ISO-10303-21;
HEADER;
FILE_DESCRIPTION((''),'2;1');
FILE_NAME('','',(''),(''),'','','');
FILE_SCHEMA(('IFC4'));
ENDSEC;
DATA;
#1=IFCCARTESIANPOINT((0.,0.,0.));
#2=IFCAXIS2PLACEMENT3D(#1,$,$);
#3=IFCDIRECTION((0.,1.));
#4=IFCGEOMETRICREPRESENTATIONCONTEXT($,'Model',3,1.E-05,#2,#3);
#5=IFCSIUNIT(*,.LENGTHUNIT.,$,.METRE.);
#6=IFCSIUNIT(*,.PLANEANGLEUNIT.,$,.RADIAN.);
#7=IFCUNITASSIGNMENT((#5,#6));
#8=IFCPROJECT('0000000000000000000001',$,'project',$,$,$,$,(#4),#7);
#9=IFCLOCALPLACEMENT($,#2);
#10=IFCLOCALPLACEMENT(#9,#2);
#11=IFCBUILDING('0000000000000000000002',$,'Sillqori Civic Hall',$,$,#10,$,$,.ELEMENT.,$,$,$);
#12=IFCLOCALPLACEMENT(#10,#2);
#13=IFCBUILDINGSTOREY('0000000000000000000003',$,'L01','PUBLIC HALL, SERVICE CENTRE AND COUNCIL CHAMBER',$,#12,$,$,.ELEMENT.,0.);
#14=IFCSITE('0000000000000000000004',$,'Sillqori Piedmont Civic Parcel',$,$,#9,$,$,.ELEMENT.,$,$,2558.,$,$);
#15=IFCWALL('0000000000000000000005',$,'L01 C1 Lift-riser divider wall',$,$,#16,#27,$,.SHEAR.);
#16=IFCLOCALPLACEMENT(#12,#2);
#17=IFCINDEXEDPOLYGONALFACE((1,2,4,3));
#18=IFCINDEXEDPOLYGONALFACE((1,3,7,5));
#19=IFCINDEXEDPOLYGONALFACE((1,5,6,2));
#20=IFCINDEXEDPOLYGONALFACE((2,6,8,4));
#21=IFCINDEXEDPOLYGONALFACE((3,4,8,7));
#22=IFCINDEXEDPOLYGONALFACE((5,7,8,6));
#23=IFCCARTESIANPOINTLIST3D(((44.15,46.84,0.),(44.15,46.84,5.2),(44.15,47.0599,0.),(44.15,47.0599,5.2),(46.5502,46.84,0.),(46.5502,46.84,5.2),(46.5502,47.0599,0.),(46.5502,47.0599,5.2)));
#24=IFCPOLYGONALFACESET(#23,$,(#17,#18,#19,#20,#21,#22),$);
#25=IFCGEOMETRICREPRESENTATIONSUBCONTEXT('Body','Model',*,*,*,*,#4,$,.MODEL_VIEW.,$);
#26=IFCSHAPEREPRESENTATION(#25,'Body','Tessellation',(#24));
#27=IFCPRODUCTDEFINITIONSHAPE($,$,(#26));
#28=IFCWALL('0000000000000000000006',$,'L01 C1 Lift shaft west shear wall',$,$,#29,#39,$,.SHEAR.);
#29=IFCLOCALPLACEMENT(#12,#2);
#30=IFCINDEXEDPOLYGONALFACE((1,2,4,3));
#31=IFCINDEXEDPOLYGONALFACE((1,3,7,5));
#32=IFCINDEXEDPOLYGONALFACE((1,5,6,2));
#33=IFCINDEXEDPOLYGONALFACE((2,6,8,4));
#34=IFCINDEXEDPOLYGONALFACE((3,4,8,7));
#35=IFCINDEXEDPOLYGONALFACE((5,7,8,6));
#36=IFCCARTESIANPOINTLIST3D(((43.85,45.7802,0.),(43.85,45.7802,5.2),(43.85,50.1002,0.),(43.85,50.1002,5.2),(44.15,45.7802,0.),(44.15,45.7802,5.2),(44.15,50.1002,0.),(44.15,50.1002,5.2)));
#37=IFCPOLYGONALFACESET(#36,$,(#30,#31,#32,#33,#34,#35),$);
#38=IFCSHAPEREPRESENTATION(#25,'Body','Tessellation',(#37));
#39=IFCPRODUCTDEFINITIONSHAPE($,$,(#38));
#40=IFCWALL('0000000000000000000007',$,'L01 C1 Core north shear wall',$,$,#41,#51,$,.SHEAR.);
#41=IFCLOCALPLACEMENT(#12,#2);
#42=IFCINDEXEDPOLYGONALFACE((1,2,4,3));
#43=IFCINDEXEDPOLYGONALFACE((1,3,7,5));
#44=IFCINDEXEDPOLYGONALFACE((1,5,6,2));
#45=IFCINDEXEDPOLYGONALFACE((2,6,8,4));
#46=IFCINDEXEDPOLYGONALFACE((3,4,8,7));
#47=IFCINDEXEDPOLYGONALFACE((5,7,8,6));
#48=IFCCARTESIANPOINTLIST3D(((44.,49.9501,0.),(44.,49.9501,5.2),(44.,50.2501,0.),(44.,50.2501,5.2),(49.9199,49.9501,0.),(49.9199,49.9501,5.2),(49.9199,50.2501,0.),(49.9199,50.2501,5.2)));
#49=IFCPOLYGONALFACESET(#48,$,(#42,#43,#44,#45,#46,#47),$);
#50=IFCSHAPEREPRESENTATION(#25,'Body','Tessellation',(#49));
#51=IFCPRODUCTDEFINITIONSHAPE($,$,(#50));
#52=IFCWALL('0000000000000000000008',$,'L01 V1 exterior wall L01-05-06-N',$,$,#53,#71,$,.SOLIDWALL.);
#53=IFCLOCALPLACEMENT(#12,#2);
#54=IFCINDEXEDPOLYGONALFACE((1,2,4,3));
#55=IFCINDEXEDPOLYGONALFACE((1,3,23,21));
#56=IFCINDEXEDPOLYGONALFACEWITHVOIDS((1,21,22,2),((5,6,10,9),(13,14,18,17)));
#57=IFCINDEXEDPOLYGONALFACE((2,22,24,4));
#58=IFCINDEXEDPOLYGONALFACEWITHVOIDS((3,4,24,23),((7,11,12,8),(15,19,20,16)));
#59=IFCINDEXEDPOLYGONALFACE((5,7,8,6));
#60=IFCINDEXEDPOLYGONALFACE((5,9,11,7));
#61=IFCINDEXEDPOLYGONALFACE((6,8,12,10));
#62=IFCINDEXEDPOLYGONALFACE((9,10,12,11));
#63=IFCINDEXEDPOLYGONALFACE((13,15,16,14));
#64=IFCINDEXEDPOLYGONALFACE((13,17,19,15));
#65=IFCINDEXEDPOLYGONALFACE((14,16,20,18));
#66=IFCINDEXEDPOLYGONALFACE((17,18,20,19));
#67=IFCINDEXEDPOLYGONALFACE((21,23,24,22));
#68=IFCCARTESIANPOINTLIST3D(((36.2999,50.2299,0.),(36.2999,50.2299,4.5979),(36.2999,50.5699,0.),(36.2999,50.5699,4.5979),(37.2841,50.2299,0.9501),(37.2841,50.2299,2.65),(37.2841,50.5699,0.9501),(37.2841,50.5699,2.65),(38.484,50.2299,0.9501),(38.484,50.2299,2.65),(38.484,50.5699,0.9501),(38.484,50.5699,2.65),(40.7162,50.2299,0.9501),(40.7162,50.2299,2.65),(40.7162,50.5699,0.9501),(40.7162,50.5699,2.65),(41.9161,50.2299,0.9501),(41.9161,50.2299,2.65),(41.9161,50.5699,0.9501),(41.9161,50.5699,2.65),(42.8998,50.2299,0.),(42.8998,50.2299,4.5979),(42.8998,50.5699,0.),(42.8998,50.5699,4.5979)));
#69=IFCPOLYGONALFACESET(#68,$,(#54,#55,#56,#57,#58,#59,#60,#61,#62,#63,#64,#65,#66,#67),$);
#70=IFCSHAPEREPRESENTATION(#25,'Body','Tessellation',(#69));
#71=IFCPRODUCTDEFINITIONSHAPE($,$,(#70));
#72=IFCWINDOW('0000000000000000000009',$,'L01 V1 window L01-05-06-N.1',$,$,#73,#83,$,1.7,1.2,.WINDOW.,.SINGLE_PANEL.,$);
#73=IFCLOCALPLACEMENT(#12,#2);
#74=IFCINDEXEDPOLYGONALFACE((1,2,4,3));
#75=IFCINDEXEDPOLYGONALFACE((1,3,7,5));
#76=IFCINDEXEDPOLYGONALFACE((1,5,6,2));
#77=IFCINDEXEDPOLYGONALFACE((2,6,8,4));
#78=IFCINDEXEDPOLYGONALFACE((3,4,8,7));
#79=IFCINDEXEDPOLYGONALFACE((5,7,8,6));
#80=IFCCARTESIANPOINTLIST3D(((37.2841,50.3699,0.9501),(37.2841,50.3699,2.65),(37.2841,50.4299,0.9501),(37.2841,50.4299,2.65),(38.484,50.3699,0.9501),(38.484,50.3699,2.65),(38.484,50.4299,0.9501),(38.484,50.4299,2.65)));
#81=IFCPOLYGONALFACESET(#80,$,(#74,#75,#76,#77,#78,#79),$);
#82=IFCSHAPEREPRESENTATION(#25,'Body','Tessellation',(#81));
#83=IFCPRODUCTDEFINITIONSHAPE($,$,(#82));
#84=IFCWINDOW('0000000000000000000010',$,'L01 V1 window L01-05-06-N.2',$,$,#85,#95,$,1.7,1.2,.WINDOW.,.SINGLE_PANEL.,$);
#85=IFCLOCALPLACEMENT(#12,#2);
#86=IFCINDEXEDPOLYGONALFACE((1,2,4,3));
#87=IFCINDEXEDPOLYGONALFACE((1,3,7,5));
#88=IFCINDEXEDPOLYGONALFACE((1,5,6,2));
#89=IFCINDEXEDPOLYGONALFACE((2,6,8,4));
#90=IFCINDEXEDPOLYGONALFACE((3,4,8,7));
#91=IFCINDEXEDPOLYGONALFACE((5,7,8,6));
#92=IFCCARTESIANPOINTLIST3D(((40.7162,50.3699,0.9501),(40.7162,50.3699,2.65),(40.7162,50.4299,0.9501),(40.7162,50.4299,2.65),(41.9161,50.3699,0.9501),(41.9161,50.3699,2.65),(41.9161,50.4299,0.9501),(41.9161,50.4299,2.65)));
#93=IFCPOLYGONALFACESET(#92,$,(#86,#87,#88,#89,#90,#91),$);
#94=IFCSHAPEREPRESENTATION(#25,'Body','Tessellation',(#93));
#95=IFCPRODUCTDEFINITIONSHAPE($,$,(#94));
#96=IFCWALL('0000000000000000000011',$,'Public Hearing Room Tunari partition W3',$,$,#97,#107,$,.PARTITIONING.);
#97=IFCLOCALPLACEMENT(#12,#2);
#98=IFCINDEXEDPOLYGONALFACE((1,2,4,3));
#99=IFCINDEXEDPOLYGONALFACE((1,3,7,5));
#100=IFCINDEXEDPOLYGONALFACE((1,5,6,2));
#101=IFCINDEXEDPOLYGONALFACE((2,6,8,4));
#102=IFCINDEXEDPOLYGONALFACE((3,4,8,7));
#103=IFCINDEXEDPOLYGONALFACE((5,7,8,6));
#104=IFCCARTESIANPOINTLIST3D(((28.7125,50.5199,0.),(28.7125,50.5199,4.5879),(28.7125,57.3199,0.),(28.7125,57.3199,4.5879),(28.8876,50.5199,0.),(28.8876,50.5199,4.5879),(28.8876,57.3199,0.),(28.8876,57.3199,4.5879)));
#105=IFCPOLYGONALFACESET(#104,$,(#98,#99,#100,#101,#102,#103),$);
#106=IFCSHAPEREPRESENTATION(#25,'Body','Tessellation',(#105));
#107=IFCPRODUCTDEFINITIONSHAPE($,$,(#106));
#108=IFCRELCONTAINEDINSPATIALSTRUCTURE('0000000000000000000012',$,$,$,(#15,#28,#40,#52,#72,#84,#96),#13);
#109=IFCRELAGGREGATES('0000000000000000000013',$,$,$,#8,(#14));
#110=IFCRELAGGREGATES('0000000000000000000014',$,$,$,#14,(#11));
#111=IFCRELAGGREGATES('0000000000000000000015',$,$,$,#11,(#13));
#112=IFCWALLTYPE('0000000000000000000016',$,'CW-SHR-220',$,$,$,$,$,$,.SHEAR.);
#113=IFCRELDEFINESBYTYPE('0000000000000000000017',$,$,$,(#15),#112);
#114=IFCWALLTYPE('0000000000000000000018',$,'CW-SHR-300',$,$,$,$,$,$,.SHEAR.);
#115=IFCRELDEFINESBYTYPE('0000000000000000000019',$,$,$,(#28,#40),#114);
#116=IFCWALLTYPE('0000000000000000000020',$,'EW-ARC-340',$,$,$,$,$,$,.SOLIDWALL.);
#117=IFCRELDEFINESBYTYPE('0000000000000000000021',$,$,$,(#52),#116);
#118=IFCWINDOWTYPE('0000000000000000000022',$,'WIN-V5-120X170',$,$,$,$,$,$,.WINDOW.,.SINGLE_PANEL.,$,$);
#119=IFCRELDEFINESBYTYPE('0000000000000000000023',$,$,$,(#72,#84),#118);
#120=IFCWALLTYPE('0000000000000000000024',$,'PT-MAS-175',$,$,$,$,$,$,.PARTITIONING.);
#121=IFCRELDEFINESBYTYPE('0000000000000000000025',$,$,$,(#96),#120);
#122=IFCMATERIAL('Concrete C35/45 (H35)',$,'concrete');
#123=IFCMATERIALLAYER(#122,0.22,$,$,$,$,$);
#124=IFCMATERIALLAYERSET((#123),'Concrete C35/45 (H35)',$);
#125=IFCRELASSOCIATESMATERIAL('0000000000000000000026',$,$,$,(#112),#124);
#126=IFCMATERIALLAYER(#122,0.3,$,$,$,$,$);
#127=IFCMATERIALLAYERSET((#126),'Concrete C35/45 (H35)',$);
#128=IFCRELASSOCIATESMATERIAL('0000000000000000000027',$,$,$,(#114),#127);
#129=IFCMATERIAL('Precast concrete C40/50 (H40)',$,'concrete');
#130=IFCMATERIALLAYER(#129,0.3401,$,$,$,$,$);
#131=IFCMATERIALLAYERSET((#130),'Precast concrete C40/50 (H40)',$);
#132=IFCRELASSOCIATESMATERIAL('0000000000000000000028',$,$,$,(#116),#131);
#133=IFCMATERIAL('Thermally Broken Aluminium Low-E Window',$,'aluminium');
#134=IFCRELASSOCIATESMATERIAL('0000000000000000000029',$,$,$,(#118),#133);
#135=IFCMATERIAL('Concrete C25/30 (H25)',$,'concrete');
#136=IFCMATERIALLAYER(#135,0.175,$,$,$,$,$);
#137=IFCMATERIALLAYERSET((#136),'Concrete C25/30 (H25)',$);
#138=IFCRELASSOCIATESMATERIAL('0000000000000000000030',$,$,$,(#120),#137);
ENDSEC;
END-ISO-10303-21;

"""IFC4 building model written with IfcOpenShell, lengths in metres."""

from ifc_helpers import new_model, si_unit, direction, frame, frame_2d, origin, place, context, subcontext, project, spatial, rectangle, extrude, material, layer, layer_set, type_object, element, fill, save


model = new_model("IFC4")

# Units and contexts
model_context = context("Model", 3, precision=1e-05, world=origin(), true_north=direction((0.0, 1.0)))
body_context = subcontext(model_context, "Body", "Model", "MODEL_VIEW")
ifc_project = project(units=[si_unit("LENGTHUNIT", "METRE"), si_unit("PLANEANGLEUNIT", "RADIAN")], contexts=[model_context])

# Site, building, storey
site_placement = place(None, origin())
site = spatial("IfcSite", under=ifc_project, at=site_placement, Name="Sillqori Piedmont Civic Parcel", CompositionType="ELEMENT", RefElevation=2558.0)
building_placement = place(site_placement, origin())
building = spatial("IfcBuilding", under=site, at=building_placement, Name="Sillqori Civic Hall", CompositionType="ELEMENT")
storey_placement = place(building_placement, origin())
storey = spatial("IfcBuildingStorey", under=building, at=storey_placement, Name="L01", Description="PUBLIC HALL, SERVICE CENTRE AND COUNCIL CHAMBER", CompositionType="ELEMENT", Elevation=0.0)

# Shared definitions
ifc_material_1 = material(Name="Concrete C35/45 (H35)", Category="concrete")

# Wall
ifc_layer_1 = layer(ifc_material_1, 0.22)
ifc_layer_set_1 = layer_set([ifc_layer_1], Name="Concrete C35/45 (H35)")
wall_type_1 = type_object("IfcWallType", Name="CW-SHR-220", PredefinedType="SHEAR", material=ifc_layer_set_1)
wall_1_placement = place(storey_placement, frame((44.1499, 46.95, 0.0), z_axis=(0.0, 0.0, 1.0), x_axis=(1.0, 0.0, 0.0)))
element("IfcWall", 1, at=wall_1_placement, inside=storey, type_object=wall_type_1, Name="L01 C1 Lift-riser divider wall", PredefinedType="SHEAR", context=body_context, shape_type="SweptSolid", body=[
    extrude(rectangle(XDim=2.4001, YDim=0.22, at=frame_2d((1.2002, 0.0))), origin(), (0.0, 0.0, 1.0), 5.2),
])

# Walls
ifc_layer_2 = layer(ifc_material_1, 0.3)
ifc_layer_set_2 = layer_set([ifc_layer_2], Name="Concrete C35/45 (H35)")
wall_type_2 = type_object("IfcWallType", Name="CW-SHR-300", PredefinedType="SHEAR", material=ifc_layer_set_2)
wall_2_placement = place(storey_placement, frame((44.0, 45.78, 0.0), z_axis=(0.0, 0.0, 1.0), x_axis=(0.0, 1.0, 0.0)))
element("IfcWall", 2, at=wall_2_placement, inside=storey, type_object=wall_type_2, Name="L01 C1 Lift shaft west shear wall", PredefinedType="SHEAR", context=body_context, shape_type="SweptSolid", body=[
    extrude(rectangle(XDim=4.3201, YDim=0.3, at=frame_2d((2.1602, 0.0))), origin(), (0.0, 0.0, 1.0), 5.2),
])
wall_3_placement = place(storey_placement, frame((44.0, 50.1001, 0.0), z_axis=(0.0, 0.0, 1.0), x_axis=(1.0, 0.0, 0.0)))
element("IfcWall", 3, at=wall_3_placement, inside=storey, type_object=wall_type_2, Name="L01 C1 Core north shear wall", PredefinedType="SHEAR", context=body_context, shape_type="SweptSolid", body=[
    extrude(rectangle(XDim=5.9199, YDim=0.3, at=frame_2d((2.96, 0.0))), origin(), (0.0, 0.0, 1.0), 5.2),
])

# Wall, openings, windows
ifc_material_2 = material(Name="Precast concrete C40/50 (H40)", Category="concrete")
ifc_layer_3 = layer(ifc_material_2, 0.3401)
ifc_layer_set_3 = layer_set([ifc_layer_3], Name="Precast concrete C40/50 (H40)")
wall_type_3 = type_object("IfcWallType", Name="EW-ARC-340", PredefinedType="SOLIDWALL", material=ifc_layer_set_3)
wall_4_placement = place(storey_placement, frame((36.3, 50.3999, 0.0), z_axis=(0.0, 0.0, 1.0), x_axis=(1.0, 0.0, 0.0)))
wall_4 = element("IfcWall", 4, at=wall_4_placement, inside=storey, type_object=wall_type_3, Name="L01 V1 exterior wall L01-05-06-N", PredefinedType="SOLIDWALL", context=body_context, shape_type="SweptSolid", body=[
    extrude(rectangle(XDim=6.5999, YDim=0.3401, at=frame_2d((3.2998, 0.0))), origin(), (0.0, 0.0, 1.0), 4.5979),
])
opening_1_placement = place(wall_4_placement, frame((0.9839, 0.0, 0.95)))
opening_1 = element("IfcOpeningElement", 5, at=opening_1_placement, cuts=wall_4, PredefinedType="OPENING", context=body_context, shape_type="SweptSolid", body=[
    extrude(rectangle(XDim=1.2, YDim=1.7, at=frame_2d((0.6001, 0.8501))), frame((0.0, 0.1799, 0.0), z_axis=(0.0, -1.0, 0.0), x_axis=(1.0, 0.0, 0.0)), (0.0, 0.0, 1.0), 0.3601),
])
opening_2_placement = place(wall_4_placement, frame((4.416, 0.0, 0.95)))
opening_2 = element("IfcOpeningElement", 6, at=opening_2_placement, cuts=wall_4, PredefinedType="OPENING", context=body_context, shape_type="SweptSolid", body=[
    extrude(rectangle(XDim=1.2, YDim=1.7, at=frame_2d((0.6001, 0.8501))), frame((0.0, 0.1799, 0.0), z_axis=(0.0, -1.0, 0.0), x_axis=(1.0, 0.0, 0.0)), (0.0, 0.0, 1.0), 0.3601),
])
ifc_material_3 = material(Name="Thermally Broken Aluminium Low-E Window", Category="aluminium")
window_type = type_object("IfcWindowType", Name="WIN-V5-120X170", PartitioningType="SINGLE_PANEL", PredefinedType="WINDOW", material=ifc_material_3)
window_1_placement = place(opening_1_placement, origin())
window_1 = element("IfcWindow", 7, at=window_1_placement, inside=storey, type_object=window_type, Name="L01 V1 window L01-05-06-N.1", OverallHeight=1.7, OverallWidth=1.2, PartitioningType="SINGLE_PANEL", PredefinedType="WINDOW", context=body_context, shape_type="SweptSolid", body=[
    extrude(rectangle(XDim=1.2, YDim=1.7, at=frame_2d((0.6001, 0.8501))), frame((0.0, 0.03, 0.0), z_axis=(0.0, -1.0, 0.0), x_axis=(1.0, 0.0, 0.0)), (0.0, 0.0, 1.0), 0.0601),
])
fill(opening_1, window_1)
window_2_placement = place(opening_2_placement, origin())
window_2 = element("IfcWindow", 8, at=window_2_placement, inside=storey, type_object=window_type, Name="L01 V1 window L01-05-06-N.2", OverallHeight=1.7, OverallWidth=1.2, PartitioningType="SINGLE_PANEL", PredefinedType="WINDOW", context=body_context, shape_type="SweptSolid", body=[
    extrude(rectangle(XDim=1.2, YDim=1.7, at=frame_2d((0.6001, 0.8501))), frame((0.0, 0.03, 0.0), z_axis=(0.0, -1.0, 0.0), x_axis=(1.0, 0.0, 0.0)), (0.0, 0.0, 1.0), 0.0601),
])
fill(opening_2, window_2)

# Shared definitions
ifc_material_4 = material(Name="Concrete C25/30 (H25)", Category="concrete")
ifc_layer_4 = layer(ifc_material_4, 0.175)
ifc_layer_set_4 = layer_set([ifc_layer_4], Name="Concrete C25/30 (H25)")
wall_type_4 = type_object("IfcWallType", Name="PT-MAS-175", PredefinedType="PARTITIONING", material=ifc_layer_set_4)

# Wall
wall_5_placement = place(storey_placement, frame((28.8, 50.52, 0.0), z_axis=(0.0, 0.0, 1.0), x_axis=(0.0, 1.0, 0.0)))
element("IfcWall", 9, at=wall_5_placement, inside=storey, type_object=wall_type_4, Name="Public Hearing Room Tunari partition W3", PredefinedType="PARTITIONING", context=body_context, shape_type="SweptSolid", body=[
    extrude(rectangle(XDim=6.8, YDim=0.175, at=frame_2d((3.3999, 0.0))), origin(), (0.0, 0.0, 1.0), 4.5879),
])

save(model, "model.ifc")
